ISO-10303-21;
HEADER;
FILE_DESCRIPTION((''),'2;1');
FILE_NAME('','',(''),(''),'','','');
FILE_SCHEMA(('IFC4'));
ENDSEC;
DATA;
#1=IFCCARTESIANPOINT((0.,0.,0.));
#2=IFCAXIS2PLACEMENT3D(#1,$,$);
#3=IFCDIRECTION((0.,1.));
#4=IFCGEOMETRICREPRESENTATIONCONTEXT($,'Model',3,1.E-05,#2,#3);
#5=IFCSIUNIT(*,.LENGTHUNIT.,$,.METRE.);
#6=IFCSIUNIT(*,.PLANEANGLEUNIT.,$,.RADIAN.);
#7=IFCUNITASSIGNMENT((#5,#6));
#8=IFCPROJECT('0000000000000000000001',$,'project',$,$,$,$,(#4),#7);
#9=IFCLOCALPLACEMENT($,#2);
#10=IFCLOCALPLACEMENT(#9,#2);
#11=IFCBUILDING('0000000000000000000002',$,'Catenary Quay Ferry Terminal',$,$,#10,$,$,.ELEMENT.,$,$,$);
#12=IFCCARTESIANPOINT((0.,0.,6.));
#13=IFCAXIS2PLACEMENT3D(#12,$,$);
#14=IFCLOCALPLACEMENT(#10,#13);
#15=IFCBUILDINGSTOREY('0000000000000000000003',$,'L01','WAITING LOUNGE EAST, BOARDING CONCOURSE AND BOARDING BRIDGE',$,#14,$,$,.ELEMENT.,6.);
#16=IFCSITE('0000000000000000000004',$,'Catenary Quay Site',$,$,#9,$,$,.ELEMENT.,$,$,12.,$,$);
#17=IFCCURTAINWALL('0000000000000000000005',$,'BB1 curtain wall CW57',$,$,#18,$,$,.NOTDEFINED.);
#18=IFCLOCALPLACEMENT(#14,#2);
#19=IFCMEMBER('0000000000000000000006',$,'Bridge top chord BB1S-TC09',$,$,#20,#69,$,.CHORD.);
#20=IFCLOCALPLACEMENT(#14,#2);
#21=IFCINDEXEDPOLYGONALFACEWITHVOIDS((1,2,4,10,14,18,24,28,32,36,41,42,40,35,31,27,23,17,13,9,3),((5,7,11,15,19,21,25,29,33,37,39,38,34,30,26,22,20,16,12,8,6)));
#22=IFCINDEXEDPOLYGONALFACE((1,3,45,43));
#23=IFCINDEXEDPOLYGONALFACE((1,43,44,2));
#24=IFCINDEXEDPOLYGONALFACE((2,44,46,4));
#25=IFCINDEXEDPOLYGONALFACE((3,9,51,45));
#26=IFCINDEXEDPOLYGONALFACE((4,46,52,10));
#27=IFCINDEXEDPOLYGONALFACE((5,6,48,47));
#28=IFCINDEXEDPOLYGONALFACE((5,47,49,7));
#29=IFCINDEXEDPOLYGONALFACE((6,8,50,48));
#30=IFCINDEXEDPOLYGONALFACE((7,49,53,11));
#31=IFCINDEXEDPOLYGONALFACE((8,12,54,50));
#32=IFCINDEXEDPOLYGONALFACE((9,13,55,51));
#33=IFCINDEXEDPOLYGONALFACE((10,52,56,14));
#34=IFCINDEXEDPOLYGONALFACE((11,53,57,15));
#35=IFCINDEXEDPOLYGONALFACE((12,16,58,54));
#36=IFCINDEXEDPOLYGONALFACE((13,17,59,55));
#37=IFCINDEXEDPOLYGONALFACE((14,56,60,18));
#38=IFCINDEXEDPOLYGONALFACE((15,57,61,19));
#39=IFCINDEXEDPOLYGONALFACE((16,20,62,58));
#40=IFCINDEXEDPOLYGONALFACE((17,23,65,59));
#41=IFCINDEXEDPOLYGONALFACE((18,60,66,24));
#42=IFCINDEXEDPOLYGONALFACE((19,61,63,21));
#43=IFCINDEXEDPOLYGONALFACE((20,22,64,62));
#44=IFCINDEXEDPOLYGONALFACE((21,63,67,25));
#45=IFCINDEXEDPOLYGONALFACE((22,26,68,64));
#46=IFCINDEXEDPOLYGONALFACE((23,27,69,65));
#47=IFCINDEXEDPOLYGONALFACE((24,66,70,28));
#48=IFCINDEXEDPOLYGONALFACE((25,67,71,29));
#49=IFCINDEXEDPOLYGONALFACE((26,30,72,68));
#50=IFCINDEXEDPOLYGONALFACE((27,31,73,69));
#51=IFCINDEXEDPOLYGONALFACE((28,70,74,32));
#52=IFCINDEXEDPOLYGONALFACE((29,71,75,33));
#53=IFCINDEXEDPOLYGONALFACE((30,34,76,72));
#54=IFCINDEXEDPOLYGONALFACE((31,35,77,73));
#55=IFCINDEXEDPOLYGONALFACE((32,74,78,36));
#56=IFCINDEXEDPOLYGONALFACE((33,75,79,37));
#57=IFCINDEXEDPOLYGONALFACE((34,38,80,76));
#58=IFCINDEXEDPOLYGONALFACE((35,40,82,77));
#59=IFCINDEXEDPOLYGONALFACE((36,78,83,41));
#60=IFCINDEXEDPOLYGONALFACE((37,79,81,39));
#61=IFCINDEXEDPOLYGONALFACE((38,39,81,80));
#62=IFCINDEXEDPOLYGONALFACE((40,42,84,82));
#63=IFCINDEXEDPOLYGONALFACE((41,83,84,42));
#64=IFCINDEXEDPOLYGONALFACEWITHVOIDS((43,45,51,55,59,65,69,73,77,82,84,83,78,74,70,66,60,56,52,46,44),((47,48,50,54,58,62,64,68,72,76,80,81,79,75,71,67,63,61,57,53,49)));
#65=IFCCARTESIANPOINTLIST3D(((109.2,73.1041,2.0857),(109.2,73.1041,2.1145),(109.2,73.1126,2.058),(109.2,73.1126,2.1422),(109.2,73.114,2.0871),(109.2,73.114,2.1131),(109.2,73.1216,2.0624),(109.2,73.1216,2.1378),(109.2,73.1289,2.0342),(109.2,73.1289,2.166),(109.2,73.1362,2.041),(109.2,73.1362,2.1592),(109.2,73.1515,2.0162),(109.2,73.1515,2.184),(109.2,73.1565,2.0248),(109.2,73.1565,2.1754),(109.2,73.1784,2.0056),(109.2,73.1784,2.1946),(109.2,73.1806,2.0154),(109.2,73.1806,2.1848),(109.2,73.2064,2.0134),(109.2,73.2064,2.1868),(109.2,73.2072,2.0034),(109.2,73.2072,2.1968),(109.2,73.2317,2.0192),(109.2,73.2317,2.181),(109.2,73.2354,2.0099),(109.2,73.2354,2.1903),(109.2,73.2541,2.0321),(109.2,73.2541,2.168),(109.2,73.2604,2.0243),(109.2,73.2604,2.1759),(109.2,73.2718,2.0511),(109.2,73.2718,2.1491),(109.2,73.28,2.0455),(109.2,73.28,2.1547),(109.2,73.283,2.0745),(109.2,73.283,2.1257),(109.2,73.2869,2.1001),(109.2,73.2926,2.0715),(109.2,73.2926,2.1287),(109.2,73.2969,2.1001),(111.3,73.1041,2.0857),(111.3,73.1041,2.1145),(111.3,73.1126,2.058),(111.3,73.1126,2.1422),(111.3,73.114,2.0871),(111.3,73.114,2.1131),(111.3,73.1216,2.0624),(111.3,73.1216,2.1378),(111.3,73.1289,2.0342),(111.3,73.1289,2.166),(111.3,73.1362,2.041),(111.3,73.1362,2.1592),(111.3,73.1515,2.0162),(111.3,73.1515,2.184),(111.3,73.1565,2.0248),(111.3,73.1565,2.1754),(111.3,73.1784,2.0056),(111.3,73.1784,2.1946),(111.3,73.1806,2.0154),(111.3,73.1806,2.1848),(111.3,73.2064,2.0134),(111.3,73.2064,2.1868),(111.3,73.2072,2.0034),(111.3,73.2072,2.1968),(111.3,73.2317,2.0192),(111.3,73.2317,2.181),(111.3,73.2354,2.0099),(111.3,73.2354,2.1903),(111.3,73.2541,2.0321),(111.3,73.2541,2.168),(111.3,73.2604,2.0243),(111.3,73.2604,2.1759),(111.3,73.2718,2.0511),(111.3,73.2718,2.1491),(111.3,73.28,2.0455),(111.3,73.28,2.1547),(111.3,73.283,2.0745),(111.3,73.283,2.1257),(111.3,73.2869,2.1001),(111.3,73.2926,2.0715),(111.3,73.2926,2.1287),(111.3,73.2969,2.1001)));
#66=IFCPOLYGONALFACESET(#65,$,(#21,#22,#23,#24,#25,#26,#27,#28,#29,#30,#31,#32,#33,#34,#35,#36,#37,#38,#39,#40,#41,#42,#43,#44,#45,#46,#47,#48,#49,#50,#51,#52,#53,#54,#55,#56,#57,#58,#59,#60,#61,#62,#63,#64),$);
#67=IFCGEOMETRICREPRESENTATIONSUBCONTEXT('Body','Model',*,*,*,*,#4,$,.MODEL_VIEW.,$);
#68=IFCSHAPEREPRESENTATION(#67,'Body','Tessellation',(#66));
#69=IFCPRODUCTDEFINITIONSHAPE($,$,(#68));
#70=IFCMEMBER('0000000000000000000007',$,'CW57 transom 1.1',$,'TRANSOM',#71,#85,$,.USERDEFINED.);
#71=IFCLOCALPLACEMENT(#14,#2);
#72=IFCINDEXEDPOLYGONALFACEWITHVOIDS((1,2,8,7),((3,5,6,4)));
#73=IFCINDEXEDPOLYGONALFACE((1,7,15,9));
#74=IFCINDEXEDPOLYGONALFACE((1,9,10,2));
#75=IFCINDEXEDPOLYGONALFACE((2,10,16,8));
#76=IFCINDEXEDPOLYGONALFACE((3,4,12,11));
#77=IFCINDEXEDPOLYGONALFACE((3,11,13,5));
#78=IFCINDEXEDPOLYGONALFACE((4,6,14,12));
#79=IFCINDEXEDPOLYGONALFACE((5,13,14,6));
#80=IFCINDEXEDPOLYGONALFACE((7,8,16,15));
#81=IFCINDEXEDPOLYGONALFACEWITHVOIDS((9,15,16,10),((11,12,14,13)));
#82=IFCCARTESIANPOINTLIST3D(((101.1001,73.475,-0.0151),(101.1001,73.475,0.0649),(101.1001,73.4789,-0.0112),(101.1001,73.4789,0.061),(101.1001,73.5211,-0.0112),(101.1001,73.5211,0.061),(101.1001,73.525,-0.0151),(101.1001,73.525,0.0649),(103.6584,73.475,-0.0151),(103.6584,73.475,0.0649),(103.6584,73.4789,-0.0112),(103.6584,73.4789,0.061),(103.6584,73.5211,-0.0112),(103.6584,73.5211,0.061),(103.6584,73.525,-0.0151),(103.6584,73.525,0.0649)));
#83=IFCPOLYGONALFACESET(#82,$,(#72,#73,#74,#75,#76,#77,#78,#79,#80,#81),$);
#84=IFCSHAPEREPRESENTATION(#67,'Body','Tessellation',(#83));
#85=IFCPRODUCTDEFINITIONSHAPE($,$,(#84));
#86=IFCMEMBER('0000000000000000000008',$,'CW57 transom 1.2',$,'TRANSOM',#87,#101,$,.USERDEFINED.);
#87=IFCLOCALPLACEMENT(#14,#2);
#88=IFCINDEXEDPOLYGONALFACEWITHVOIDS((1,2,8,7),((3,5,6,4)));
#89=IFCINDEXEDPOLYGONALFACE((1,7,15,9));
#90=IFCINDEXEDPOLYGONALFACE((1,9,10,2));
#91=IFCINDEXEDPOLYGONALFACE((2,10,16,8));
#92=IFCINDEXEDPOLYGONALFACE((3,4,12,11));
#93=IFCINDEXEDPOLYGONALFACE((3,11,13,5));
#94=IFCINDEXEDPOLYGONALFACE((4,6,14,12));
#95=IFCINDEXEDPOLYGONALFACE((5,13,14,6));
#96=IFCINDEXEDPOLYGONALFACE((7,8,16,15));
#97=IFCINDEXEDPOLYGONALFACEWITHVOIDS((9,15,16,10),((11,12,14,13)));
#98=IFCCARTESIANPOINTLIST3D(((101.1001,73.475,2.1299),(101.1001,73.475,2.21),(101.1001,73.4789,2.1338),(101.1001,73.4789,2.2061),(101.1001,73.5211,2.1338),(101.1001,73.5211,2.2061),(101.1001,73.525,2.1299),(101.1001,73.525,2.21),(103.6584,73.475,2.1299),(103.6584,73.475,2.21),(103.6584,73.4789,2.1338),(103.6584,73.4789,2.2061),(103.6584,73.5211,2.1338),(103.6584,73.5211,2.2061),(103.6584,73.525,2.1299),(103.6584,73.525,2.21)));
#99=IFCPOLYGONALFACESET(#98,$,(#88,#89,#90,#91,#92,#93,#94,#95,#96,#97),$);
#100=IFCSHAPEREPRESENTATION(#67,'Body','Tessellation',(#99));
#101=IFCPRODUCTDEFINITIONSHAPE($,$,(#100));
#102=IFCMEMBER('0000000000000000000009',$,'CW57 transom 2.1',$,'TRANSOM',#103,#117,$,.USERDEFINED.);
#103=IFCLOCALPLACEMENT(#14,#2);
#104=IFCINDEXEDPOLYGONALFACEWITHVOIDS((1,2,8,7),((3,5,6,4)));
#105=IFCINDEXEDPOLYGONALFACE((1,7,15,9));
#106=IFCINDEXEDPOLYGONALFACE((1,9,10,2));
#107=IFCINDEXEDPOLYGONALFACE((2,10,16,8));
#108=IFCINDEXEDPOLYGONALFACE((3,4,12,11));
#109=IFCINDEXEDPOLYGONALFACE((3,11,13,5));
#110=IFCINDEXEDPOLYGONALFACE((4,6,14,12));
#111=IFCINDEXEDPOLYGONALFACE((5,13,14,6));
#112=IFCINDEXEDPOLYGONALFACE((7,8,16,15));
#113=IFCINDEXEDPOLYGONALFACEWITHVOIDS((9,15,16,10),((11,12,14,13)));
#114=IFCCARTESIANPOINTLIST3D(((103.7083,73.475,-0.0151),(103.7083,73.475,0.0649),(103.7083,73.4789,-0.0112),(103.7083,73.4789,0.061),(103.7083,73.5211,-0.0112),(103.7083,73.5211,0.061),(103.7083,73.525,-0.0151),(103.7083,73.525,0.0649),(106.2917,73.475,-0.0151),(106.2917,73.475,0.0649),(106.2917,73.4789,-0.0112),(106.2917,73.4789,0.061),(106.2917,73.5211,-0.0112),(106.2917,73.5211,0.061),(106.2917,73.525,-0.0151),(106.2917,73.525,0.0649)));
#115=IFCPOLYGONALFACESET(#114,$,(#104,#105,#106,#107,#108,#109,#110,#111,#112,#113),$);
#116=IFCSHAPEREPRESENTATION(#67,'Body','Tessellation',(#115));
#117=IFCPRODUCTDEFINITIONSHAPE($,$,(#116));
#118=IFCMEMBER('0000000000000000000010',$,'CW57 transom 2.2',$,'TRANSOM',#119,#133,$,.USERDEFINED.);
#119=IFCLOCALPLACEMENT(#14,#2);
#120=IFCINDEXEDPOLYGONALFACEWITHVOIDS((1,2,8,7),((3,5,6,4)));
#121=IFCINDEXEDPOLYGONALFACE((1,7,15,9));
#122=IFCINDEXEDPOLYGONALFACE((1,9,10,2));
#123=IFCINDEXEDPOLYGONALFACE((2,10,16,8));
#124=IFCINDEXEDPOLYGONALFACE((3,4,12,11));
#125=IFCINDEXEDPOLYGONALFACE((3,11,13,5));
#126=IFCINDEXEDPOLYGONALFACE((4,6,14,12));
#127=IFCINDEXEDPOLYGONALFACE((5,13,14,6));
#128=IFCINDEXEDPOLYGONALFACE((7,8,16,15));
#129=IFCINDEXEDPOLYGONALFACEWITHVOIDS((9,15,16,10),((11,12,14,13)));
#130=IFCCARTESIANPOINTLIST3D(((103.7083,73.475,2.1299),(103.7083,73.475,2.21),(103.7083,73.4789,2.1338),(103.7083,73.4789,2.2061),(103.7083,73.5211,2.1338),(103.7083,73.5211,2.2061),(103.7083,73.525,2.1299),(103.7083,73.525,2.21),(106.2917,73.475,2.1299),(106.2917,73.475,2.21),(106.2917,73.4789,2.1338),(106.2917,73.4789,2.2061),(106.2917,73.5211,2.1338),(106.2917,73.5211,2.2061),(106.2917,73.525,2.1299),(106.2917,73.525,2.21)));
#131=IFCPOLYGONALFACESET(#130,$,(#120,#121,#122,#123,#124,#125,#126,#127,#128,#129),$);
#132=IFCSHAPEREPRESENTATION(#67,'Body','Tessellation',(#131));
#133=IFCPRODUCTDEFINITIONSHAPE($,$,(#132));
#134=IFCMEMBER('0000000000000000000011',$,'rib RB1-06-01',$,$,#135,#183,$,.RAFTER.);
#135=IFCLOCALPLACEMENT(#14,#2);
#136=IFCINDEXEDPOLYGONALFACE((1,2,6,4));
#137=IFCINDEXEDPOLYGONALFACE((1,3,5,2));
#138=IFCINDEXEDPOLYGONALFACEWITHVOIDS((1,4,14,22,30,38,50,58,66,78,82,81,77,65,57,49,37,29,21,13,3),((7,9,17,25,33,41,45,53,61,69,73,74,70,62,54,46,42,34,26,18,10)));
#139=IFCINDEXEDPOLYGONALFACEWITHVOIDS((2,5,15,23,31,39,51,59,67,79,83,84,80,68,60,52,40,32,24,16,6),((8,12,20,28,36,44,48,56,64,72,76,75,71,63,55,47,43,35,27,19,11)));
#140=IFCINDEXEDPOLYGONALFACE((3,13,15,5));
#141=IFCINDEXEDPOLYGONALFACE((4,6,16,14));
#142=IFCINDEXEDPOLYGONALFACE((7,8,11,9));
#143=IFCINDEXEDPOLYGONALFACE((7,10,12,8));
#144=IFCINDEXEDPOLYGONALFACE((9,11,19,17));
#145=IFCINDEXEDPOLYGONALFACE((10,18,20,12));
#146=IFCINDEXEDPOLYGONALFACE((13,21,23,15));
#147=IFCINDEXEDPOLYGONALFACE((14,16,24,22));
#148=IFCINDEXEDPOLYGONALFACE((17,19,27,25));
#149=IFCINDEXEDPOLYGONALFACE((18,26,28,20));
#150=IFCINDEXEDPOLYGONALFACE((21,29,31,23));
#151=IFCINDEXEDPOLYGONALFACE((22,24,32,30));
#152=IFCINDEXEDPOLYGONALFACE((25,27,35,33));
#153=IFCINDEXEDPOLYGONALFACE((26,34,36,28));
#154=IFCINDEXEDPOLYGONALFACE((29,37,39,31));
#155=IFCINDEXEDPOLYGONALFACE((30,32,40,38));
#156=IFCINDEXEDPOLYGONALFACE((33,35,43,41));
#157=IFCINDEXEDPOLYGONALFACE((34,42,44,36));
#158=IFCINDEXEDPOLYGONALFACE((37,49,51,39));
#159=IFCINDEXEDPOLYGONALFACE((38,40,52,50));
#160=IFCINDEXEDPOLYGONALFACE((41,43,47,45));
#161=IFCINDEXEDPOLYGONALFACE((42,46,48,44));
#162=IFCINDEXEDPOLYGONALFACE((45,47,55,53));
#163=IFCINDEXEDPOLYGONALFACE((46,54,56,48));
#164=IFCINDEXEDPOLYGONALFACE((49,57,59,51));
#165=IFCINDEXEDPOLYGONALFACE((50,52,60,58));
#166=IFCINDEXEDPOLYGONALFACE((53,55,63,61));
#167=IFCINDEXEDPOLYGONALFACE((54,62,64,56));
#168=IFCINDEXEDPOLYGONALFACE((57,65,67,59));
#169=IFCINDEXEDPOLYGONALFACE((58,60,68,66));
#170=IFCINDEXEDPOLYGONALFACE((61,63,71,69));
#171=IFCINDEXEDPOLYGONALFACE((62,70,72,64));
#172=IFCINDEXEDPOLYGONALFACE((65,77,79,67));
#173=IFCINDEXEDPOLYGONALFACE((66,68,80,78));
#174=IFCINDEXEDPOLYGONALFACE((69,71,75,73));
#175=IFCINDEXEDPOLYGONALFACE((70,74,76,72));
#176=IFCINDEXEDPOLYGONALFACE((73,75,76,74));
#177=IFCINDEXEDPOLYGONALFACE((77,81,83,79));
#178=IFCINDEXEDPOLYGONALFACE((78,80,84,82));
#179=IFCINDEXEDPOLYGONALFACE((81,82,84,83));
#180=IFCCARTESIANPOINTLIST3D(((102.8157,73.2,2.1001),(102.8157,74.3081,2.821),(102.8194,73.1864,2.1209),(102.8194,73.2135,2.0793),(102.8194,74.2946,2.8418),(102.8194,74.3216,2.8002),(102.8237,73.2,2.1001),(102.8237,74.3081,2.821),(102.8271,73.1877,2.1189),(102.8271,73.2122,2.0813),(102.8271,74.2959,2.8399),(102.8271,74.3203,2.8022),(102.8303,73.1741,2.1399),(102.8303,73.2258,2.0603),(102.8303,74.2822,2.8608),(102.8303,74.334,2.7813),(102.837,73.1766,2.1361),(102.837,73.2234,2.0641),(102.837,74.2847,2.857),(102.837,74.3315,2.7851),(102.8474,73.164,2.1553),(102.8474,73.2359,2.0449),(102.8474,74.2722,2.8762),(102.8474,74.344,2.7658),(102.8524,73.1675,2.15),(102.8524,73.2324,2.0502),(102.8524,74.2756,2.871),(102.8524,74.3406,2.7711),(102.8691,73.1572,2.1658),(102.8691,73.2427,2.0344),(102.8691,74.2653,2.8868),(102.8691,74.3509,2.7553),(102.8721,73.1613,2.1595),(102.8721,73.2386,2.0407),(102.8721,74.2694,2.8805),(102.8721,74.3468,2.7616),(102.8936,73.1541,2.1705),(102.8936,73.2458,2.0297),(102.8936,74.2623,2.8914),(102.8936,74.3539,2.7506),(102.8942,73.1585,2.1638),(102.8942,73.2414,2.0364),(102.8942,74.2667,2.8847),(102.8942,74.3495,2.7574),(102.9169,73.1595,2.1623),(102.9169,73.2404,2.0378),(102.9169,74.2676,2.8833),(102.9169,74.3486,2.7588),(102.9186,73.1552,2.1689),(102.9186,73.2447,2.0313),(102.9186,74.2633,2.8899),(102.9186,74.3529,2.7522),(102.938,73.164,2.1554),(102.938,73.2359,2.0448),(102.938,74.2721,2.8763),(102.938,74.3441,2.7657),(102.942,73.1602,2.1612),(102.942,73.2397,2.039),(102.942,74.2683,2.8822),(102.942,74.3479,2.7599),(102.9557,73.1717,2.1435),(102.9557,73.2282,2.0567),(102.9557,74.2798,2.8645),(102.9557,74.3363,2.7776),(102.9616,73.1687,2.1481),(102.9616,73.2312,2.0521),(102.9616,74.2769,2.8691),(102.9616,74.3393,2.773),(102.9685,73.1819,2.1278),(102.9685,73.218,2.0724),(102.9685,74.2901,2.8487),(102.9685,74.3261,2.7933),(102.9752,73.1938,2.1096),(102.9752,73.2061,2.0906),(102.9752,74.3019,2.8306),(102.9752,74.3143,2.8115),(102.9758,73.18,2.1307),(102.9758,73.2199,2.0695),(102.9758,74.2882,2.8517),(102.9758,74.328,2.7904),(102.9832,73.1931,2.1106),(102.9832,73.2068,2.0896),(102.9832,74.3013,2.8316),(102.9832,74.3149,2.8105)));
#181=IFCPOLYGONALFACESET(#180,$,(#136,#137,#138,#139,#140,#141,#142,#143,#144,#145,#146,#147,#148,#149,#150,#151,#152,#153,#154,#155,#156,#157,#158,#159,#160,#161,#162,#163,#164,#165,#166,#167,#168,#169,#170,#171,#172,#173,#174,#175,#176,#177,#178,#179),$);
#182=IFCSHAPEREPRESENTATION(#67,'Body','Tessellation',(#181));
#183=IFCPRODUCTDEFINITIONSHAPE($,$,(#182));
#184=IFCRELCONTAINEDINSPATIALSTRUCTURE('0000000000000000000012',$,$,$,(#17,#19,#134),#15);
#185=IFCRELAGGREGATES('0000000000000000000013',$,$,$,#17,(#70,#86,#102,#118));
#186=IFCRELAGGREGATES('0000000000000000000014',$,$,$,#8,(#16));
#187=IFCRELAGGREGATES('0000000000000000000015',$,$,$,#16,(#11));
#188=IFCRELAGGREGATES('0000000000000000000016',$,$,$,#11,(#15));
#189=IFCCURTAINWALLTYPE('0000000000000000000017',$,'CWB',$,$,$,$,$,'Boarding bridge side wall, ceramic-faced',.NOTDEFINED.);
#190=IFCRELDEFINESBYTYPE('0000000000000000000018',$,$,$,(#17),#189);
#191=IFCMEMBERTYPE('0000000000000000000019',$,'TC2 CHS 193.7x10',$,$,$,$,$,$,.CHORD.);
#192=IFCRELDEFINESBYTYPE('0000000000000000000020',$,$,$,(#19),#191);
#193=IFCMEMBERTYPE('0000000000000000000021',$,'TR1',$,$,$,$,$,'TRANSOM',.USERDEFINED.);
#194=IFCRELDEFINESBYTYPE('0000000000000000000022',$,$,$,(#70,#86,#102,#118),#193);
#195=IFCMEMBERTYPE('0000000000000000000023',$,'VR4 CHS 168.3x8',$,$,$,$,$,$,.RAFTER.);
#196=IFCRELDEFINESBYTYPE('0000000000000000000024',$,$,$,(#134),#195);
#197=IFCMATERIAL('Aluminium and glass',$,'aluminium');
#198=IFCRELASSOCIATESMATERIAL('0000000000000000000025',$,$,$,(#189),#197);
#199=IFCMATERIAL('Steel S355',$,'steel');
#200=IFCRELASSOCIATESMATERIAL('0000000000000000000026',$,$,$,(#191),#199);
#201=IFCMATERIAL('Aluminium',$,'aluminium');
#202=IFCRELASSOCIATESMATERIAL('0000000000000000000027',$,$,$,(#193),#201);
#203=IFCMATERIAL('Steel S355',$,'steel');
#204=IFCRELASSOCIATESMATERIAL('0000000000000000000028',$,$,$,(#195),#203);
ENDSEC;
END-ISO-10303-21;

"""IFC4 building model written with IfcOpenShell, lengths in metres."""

from ifc_helpers import new_model, si_unit, direction, frame, origin, origin_2d, place, context, subcontext, project, spatial, hollow_rectangle, hollow_circle, extrude, material, material_profile, profile_set, type_object, element, aggregate, save


model = new_model("IFC4")

# Units and contexts
model_context = context("Model", 3, precision=1e-05, world=origin(), true_north=direction((0.0, 1.0)))
body_context = subcontext(model_context, "Body", "Model", "MODEL_VIEW")
ifc_project = project(units=[si_unit("LENGTHUNIT", "METRE"), si_unit("PLANEANGLEUNIT", "RADIAN")], contexts=[model_context])

# Site, building, storey
site_placement = place(None, origin())
site = spatial("IfcSite", under=ifc_project, at=site_placement, Name="Catenary Quay Site", CompositionType="ELEMENT", RefElevation=12.0)
building_placement = place(site_placement, origin())
building = spatial("IfcBuilding", under=site, at=building_placement, Name="Catenary Quay Ferry Terminal", CompositionType="ELEMENT")
storey_placement = place(building_placement, frame((0.0, 0.0, 6.0)))
storey = spatial("IfcBuildingStorey", under=building, at=storey_placement, Name="L01", Description="WAITING LOUNGE EAST, BOARDING CONCOURSE AND BOARDING BRIDGE", CompositionType="ELEMENT", Elevation=6.0)

# Curtain wall
ifc_material_1 = material(Name="Aluminium and glass", Category="aluminium")
curtain_wall_type = type_object("IfcCurtainWallType", Name="CWB", ElementType="Boarding bridge side wall, ceramic-faced", PredefinedType="NOTDEFINED", material=ifc_material_1)
curtain_wall_placement = place(storey_placement, origin())
curtain_wall = element("IfcCurtainWall", 1, at=curtain_wall_placement, inside=storey, type_object=curtain_wall_type, Name="BB1 curtain wall CW57", PredefinedType="NOTDEFINED")

# Member
ifc_material_2 = material(Name="Steel S355", Category="steel")
ifc_material_profile_1 = material_profile(ifc_material_2, hollow_circle(Radius=0.0969, WallThickness=0.01, at=origin_2d()), Name="CHS 193.7x10")
ifc_profile_set_1 = profile_set([ifc_material_profile_1], Name="Steel S355")
member_type_1 = type_object("IfcMemberType", Name="TC2 CHS 193.7x10", PredefinedType="CHORD", material=ifc_profile_set_1)
member_1_placement = place(storey_placement, frame((109.2, 73.2, 2.1001), z_axis=(1.0, 0.0, 0.0), x_axis=(0.0, 1.0, 0.0)))
element("IfcMember", 2, at=member_1_placement, inside=storey, type_object=member_type_1, Name="Bridge top chord BB1S-TC09", PredefinedType="CHORD", context=body_context, shape_type="SweptSolid", body=[
    extrude(hollow_circle(Radius=0.0969, WallThickness=0.01, at=origin_2d()), origin(), (0.0, 0.0, 1.0), 2.1001),
])

# Members
ifc_material_3 = material(Name="Aluminium", Category="aluminium")
ifc_material_profile_2 = material_profile(ifc_material_3, hollow_rectangle(XDim=0.05, YDim=0.0801, WallThickness=0.0039, at=origin_2d()), Name="TR1")
ifc_profile_set_2 = profile_set([ifc_material_profile_2], Name="Aluminium")
member_type_2 = type_object("IfcMemberType", Name="TR1", ElementType="TRANSOM", PredefinedType="USERDEFINED", material=ifc_profile_set_2)
member_2_placement = place(storey_placement, frame((101.1001, 73.5, 0.0249), z_axis=(1.0, 0.0, 0.0), x_axis=(0.0, 1.0, 0.0)))
member_2 = element("IfcMember", 3, at=member_2_placement, type_object=member_type_2, Name="CW57 transom 1.1", ObjectType="TRANSOM", PredefinedType="USERDEFINED", context=body_context, shape_type="SweptSolid", body=[
    extrude(hollow_rectangle(XDim=0.05, YDim=0.0801, WallThickness=0.0039, at=origin_2d()), origin(), (0.0, 0.0, 1.0), 2.5583),
])
member_3_placement = place(storey_placement, frame((101.1001, 73.5, 2.1699), z_axis=(1.0, 0.0, 0.0), x_axis=(0.0, 1.0, 0.0)))
member_3 = element("IfcMember", 4, at=member_3_placement, type_object=member_type_2, Name="CW57 transom 1.2", ObjectType="TRANSOM", PredefinedType="USERDEFINED", context=body_context, shape_type="SweptSolid", body=[
    extrude(hollow_rectangle(XDim=0.05, YDim=0.0801, WallThickness=0.0039, at=origin_2d()), origin(), (0.0, 0.0, 1.0), 2.5583),
])
member_4_placement = place(storey_placement, frame((103.7083, 73.5, 0.0249), z_axis=(1.0, 0.0, 0.0), x_axis=(0.0, 1.0, 0.0)))
member_4 = element("IfcMember", 5, at=member_4_placement, type_object=member_type_2, Name="CW57 transom 2.1", ObjectType="TRANSOM", PredefinedType="USERDEFINED", context=body_context, shape_type="SweptSolid", body=[
    extrude(hollow_rectangle(XDim=0.05, YDim=0.0801, WallThickness=0.0039, at=origin_2d()), origin(), (0.0, 0.0, 1.0), 2.5835),
])
member_5_placement = place(storey_placement, frame((103.7083, 73.5, 2.1699), z_axis=(1.0, 0.0, 0.0), x_axis=(0.0, 1.0, 0.0)))
member_5 = element("IfcMember", 6, at=member_5_placement, type_object=member_type_2, Name="CW57 transom 2.2", ObjectType="TRANSOM", PredefinedType="USERDEFINED", context=body_context, shape_type="SweptSolid", body=[
    extrude(hollow_rectangle(XDim=0.05, YDim=0.0801, WallThickness=0.0039, at=origin_2d()), origin(), (0.0, 0.0, 1.0), 2.5835),
])

# Member
ifc_material_4 = material(Name="Steel S355", Category="steel")
ifc_material_profile_3 = material_profile(ifc_material_4, hollow_circle(Radius=0.0842, WallThickness=0.0081, at=origin_2d()), Name="CHS 168.3x8")
ifc_profile_set_3 = profile_set([ifc_material_profile_3], Name="Steel S355")
member_type_3 = type_object("IfcMemberType", Name="VR4 CHS 168.3x8", PredefinedType="RAFTER", material=ifc_profile_set_3)
for number, where, z_axis, x_axis, name in (
    (7, (102.8999, 73.2, 2.1001), (0.0, 0.83822, 0.545332), (-1.0, 0.0, 0.0), "rib RB1-06-01"),
):
    element("IfcMember", number, at=place(storey_placement, frame(where, z_axis=z_axis, x_axis=x_axis)), inside=storey, type_object=member_type_3, Name=name, PredefinedType="RAFTER", context=body_context, shape_type="SweptSolid", body=[
        extrude(hollow_circle(Radius=0.0842, WallThickness=0.0081, at=origin_2d()), origin(), (0.0, 0.0, 1.0), 1.322),
    ])

aggregate(curtain_wall, [member_2, member_3, member_4, member_5])

save(model, "model.ifc")
